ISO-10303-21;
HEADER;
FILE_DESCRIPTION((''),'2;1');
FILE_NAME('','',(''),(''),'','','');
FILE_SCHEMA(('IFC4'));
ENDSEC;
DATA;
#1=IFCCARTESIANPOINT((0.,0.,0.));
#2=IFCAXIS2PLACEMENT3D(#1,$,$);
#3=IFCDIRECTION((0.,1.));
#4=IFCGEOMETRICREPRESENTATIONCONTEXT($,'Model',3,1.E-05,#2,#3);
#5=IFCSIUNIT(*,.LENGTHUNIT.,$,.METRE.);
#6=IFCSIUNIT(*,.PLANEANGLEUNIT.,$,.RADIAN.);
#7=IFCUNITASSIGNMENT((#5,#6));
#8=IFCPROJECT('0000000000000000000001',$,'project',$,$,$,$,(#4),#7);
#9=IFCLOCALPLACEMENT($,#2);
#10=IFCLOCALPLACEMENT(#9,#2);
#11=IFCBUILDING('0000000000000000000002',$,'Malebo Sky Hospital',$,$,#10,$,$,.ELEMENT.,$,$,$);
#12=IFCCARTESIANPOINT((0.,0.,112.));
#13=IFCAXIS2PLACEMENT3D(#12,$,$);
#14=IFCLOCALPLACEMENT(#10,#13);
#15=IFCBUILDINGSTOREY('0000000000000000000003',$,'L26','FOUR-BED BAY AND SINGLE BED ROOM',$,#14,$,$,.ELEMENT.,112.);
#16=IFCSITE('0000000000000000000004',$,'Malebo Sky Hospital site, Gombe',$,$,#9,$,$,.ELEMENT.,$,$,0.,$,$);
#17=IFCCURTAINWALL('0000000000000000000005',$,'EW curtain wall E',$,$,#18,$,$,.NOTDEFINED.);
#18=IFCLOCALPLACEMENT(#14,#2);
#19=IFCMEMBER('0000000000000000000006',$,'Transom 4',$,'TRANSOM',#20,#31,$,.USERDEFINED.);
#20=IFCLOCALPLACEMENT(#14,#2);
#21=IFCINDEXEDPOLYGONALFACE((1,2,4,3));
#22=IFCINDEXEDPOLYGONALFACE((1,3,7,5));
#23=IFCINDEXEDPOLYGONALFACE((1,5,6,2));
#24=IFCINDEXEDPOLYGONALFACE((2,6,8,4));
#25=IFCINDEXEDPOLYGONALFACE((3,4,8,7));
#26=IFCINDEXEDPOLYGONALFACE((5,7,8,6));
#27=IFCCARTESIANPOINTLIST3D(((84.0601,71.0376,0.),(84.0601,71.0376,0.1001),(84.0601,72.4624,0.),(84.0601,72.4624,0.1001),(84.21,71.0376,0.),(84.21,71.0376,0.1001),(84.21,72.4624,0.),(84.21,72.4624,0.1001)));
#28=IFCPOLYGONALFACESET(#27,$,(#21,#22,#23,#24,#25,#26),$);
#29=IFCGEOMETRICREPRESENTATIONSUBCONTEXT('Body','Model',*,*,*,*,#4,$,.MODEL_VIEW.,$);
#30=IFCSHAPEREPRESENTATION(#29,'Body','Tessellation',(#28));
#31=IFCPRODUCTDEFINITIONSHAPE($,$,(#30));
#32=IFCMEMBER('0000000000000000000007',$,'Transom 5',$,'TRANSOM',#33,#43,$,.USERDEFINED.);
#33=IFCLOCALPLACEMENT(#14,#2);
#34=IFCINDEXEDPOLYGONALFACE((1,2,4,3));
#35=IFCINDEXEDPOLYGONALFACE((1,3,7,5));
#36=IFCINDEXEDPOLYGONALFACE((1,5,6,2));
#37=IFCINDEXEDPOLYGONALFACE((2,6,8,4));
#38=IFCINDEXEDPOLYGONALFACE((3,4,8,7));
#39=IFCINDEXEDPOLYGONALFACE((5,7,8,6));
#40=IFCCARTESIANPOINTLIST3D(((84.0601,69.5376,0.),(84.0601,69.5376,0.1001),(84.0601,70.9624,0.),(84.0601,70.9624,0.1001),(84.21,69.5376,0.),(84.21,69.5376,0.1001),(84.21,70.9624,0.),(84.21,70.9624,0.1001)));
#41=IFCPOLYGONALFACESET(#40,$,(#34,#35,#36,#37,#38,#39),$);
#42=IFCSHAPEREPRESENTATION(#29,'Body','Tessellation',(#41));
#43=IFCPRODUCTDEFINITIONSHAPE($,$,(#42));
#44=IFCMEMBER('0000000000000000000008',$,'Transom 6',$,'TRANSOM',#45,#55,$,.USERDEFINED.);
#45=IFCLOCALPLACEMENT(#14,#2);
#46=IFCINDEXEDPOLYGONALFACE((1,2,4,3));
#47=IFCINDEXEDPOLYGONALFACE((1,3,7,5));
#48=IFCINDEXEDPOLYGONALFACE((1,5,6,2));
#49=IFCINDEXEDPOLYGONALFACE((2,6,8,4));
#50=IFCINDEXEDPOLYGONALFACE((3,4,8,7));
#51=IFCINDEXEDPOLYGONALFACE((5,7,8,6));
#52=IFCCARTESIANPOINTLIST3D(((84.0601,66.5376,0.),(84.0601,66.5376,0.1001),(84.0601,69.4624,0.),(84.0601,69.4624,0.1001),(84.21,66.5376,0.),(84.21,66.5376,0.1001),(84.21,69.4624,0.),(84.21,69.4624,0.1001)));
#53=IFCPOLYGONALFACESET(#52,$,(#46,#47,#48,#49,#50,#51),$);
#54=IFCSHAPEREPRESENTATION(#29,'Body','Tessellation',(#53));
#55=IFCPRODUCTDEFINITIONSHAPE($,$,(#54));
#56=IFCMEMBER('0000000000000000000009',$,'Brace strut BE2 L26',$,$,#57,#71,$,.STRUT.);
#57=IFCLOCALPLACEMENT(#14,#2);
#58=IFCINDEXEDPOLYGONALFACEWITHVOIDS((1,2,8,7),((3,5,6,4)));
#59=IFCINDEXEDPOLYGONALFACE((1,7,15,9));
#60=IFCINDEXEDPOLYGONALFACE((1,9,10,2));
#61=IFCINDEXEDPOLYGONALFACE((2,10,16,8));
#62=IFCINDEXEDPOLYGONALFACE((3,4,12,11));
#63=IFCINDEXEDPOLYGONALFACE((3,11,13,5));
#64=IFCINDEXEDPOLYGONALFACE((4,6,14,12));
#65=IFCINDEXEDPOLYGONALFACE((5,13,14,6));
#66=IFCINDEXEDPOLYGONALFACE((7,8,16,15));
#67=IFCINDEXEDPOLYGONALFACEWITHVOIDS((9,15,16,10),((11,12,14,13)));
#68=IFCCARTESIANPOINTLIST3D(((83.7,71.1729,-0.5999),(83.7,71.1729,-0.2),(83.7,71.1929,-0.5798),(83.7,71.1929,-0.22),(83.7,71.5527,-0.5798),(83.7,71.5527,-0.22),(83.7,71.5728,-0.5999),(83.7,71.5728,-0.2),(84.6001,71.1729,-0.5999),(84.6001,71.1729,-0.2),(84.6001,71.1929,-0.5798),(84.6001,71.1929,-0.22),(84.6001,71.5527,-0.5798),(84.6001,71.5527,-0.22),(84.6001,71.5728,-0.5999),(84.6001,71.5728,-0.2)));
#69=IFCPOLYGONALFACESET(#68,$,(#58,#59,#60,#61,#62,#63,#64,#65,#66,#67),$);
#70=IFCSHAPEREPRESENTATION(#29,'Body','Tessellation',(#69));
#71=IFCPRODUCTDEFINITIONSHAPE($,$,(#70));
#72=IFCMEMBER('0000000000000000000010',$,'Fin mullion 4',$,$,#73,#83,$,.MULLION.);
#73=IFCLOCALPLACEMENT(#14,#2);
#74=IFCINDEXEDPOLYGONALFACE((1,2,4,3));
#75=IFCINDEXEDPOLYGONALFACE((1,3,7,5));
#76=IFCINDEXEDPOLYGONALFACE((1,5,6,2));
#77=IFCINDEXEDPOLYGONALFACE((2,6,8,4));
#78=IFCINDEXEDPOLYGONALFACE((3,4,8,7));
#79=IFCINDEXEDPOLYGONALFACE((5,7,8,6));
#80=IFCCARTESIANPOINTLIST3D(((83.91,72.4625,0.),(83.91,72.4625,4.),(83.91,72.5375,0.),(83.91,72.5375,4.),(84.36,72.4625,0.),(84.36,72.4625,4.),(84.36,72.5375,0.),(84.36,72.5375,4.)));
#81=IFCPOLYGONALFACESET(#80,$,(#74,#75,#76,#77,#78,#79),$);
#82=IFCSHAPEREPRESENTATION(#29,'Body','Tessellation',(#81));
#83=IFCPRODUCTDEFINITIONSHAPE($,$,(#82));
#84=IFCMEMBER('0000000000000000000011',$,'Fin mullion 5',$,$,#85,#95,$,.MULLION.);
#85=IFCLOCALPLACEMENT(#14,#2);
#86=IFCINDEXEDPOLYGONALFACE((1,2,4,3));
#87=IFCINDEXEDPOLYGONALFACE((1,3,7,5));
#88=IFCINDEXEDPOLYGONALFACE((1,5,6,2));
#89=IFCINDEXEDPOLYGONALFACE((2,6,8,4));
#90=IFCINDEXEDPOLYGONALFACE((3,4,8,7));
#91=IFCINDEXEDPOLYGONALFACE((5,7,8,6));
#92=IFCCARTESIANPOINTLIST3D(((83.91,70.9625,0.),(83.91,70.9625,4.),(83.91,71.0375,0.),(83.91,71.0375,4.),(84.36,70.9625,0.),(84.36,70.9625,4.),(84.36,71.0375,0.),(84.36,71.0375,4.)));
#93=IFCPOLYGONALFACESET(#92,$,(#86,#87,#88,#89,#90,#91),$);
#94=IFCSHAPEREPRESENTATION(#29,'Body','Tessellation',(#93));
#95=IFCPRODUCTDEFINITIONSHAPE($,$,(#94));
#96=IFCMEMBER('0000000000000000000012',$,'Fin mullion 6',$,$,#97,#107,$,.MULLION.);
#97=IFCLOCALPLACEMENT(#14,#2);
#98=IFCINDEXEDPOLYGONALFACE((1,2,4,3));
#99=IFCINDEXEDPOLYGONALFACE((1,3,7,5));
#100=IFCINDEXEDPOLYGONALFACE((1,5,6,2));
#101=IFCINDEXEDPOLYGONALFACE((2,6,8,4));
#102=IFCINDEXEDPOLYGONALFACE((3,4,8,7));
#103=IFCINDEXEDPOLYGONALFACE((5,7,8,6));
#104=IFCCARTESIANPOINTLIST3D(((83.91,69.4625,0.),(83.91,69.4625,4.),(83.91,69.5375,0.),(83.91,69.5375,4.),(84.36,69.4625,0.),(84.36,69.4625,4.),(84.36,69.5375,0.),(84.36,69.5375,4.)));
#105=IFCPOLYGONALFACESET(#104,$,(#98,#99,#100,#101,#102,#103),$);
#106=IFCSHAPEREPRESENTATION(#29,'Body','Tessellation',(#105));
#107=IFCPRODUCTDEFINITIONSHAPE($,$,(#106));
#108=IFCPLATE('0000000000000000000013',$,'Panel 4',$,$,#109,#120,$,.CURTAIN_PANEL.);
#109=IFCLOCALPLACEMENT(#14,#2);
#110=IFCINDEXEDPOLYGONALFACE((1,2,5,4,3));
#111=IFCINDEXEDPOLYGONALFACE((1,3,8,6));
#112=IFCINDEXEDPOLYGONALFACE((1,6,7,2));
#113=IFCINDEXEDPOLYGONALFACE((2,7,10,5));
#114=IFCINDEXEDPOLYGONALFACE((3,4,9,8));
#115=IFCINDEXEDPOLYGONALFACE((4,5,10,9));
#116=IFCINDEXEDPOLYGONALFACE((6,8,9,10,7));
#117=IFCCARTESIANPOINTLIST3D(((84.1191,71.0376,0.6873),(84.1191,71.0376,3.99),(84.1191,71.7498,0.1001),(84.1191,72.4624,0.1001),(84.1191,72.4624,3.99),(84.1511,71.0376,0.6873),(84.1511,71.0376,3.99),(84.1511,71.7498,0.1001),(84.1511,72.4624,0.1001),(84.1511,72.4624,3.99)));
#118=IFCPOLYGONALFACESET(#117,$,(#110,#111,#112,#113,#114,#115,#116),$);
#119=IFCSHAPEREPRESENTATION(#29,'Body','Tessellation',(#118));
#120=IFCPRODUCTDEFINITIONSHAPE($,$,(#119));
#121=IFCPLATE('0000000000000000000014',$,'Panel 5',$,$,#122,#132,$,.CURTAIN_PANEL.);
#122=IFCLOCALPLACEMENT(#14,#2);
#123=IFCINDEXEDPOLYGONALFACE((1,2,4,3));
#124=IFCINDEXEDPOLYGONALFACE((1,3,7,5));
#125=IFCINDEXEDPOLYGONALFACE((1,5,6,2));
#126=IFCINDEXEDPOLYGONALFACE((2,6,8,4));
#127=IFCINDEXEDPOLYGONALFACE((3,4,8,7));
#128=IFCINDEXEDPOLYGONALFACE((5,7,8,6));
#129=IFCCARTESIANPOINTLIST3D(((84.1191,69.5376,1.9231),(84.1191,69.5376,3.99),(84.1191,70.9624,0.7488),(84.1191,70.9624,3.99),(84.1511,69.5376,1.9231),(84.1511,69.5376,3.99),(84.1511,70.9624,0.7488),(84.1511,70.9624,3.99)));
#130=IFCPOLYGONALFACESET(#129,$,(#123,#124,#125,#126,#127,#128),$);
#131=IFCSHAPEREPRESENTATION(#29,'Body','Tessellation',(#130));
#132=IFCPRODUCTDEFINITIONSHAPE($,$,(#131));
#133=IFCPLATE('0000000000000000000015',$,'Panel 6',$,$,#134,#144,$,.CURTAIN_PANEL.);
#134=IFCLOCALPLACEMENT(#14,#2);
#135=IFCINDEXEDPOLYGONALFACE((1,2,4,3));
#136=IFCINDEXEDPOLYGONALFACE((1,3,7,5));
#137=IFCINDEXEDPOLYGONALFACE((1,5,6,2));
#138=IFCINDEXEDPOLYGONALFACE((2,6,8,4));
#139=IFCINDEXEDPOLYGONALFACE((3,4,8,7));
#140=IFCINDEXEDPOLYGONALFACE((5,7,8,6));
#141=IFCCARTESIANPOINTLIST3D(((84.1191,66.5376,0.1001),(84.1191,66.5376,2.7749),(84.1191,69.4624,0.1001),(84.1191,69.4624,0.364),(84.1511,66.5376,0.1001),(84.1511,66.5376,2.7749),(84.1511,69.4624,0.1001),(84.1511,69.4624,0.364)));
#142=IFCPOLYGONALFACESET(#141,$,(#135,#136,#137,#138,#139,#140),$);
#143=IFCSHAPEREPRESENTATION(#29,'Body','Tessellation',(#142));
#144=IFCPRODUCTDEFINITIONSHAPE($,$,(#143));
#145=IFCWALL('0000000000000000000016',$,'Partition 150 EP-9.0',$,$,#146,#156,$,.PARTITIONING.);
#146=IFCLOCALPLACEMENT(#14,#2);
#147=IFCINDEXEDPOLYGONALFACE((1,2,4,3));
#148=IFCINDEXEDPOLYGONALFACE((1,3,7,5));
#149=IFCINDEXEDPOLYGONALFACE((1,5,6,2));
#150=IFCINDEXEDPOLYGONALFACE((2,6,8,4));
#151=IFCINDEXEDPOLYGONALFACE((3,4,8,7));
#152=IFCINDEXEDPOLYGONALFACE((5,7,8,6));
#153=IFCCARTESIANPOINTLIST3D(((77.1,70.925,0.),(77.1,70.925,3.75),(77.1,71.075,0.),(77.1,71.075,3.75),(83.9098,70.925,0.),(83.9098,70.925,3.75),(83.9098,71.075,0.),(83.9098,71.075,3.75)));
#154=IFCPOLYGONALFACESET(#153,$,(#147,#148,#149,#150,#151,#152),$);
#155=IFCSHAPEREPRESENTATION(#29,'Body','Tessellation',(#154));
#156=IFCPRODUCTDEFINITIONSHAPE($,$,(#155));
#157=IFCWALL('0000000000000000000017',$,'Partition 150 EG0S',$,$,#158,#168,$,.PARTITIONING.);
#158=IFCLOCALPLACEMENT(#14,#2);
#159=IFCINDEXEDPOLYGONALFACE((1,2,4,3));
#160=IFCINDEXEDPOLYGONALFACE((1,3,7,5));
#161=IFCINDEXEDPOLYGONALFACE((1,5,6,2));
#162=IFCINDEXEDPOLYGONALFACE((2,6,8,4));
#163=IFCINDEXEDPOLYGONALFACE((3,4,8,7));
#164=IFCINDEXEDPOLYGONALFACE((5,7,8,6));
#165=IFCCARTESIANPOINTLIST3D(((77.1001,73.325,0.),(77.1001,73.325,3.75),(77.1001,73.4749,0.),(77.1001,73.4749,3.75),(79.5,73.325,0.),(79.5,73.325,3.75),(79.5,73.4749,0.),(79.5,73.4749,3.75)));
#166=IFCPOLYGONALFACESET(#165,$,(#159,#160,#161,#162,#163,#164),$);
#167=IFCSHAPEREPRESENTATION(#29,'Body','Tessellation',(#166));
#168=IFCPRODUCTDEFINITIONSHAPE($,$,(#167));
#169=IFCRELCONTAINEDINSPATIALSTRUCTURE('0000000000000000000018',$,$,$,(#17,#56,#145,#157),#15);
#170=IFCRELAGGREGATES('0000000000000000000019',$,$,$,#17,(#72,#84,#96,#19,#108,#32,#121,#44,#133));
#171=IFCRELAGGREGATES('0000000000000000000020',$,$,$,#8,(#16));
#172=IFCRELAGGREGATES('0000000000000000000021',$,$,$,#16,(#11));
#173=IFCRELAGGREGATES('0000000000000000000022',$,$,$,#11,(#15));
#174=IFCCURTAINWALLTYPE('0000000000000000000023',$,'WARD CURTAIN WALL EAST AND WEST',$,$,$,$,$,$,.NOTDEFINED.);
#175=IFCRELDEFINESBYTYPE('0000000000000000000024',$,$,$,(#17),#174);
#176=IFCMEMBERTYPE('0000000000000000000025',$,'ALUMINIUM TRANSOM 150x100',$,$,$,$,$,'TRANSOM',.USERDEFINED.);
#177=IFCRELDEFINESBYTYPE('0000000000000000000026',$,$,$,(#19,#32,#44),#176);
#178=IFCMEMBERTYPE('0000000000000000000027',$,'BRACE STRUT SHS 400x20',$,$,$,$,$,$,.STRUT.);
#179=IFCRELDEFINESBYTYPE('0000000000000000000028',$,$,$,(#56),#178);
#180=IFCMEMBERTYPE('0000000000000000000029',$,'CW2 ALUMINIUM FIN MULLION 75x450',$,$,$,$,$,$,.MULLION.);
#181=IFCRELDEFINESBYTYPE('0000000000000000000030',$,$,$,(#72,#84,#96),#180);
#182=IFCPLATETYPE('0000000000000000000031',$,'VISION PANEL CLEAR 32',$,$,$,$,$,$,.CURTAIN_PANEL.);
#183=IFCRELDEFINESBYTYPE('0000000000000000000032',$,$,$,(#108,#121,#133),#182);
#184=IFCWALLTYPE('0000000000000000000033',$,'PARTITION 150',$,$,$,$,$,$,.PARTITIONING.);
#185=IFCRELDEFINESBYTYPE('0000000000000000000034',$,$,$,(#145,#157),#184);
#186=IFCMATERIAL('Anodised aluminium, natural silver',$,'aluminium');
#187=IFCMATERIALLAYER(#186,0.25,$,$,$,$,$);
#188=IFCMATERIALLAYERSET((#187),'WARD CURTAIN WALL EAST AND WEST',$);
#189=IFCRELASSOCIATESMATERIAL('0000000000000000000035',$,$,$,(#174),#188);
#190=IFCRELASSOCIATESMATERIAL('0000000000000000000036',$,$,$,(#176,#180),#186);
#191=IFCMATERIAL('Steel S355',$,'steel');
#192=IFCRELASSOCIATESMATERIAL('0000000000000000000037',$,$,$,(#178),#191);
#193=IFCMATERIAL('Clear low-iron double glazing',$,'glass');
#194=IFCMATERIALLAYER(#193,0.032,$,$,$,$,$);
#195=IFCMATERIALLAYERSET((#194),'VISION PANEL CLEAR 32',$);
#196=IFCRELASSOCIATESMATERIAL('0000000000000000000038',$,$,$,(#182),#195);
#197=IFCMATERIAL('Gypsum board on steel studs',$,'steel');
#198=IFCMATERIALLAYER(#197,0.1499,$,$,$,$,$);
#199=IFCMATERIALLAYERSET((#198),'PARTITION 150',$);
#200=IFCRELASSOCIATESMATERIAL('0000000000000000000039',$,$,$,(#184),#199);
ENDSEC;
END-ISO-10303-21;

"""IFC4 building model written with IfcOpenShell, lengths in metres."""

from ifc_helpers import new_model, si_unit, direction, frame, frame_2d, origin, origin_2d, place, context, subcontext, project, spatial, polyline, rectangle, hollow_rectangle, outline, extrude, material, layer, layer_set, material_profile, profile_set, type_object, element, aggregate, save


model = new_model("IFC4")

# Units and contexts
model_context = context("Model", 3, precision=1e-05, world=origin(), true_north=direction((0.0, 1.0)))
body_context = subcontext(model_context, "Body", "Model", "MODEL_VIEW")
ifc_project = project(units=[si_unit("LENGTHUNIT", "METRE"), si_unit("PLANEANGLEUNIT", "RADIAN")], contexts=[model_context])

# Site, building, storey
site_placement = place(None, origin())
site = spatial("IfcSite", under=ifc_project, at=site_placement, Name="Malebo Sky Hospital site, Gombe", CompositionType="ELEMENT", RefElevation=0.0)
building_placement = place(site_placement, origin())
building = spatial("IfcBuilding", under=site, at=building_placement, Name="Malebo Sky Hospital", CompositionType="ELEMENT")
storey_placement = place(building_placement, frame((0.0, 0.0, 112.0)))
storey = spatial("IfcBuildingStorey", under=building, at=storey_placement, Name="L26", Description="FOUR-BED BAY AND SINGLE BED ROOM", CompositionType="ELEMENT", Elevation=112.0)

# Curtain wall, members
ifc_material_1 = material(Name="Anodised aluminium, natural silver", Category="aluminium")
ifc_layer_1 = layer(ifc_material_1, 0.25)
ifc_layer_set_1 = layer_set([ifc_layer_1], Name="WARD CURTAIN WALL EAST AND WEST")
curtain_wall_type = type_object("IfcCurtainWallType", Name="WARD CURTAIN WALL EAST AND WEST", PredefinedType="NOTDEFINED", material=ifc_layer_set_1)
curtain_wall_placement = place(storey_placement, origin())
curtain_wall = element("IfcCurtainWall", 1, at=curtain_wall_placement, inside=storey, type_object=curtain_wall_type, Name="EW curtain wall E", PredefinedType="NOTDEFINED")
ifc_material_profile_1 = material_profile(ifc_material_1, rectangle(XDim=0.1499, YDim=0.1001, at=origin_2d()), Name="ALUMINIUM TRANSOM 150x100")
ifc_profile_set_1 = profile_set([ifc_material_profile_1], Name="Anodised aluminium, natural silver")
member_type_1 = type_object("IfcMemberType", Name="ALUMINIUM TRANSOM 150x100", ElementType="TRANSOM", PredefinedType="USERDEFINED", material=ifc_profile_set_1)
member_1_placement = place(storey_placement, frame((84.135, 72.4624, 0.05), z_axis=(0.0, -1.0, 0.0), x_axis=(1.0, 0.0, 0.0)))
member_1 = element("IfcMember", 2, at=member_1_placement, type_object=member_type_1, Name="Transom 4", ObjectType="TRANSOM", PredefinedType="USERDEFINED", context=body_context, shape_type="SweptSolid", body=[
    extrude(rectangle(XDim=0.1499, YDim=0.1001, at=origin_2d()), origin(), (0.0, 0.0, 1.0), 1.4248),
])
member_2_placement = place(storey_placement, frame((84.135, 70.9624, 0.05), z_axis=(0.0, -1.0, 0.0), x_axis=(1.0, 0.0, 0.0)))
member_2 = element("IfcMember", 3, at=member_2_placement, type_object=member_type_1, Name="Transom 5", ObjectType="TRANSOM", PredefinedType="USERDEFINED", context=body_context, shape_type="SweptSolid", body=[
    extrude(rectangle(XDim=0.1499, YDim=0.1001, at=origin_2d()), origin(), (0.0, 0.0, 1.0), 1.4248),
])
member_3_placement = place(storey_placement, frame((84.135, 69.4624, 0.05), z_axis=(0.0, -1.0, 0.0), x_axis=(1.0, 0.0, 0.0)))
member_3 = element("IfcMember", 4, at=member_3_placement, type_object=member_type_1, Name="Transom 6", ObjectType="TRANSOM", PredefinedType="USERDEFINED", context=body_context, shape_type="SweptSolid", body=[
    extrude(rectangle(XDim=0.1499, YDim=0.1001, at=origin_2d()), origin(), (0.0, 0.0, 1.0), 2.9248),
])

# Members
ifc_material_2 = material(Name="Steel S355", Category="steel")
ifc_material_profile_2 = material_profile(ifc_material_2, hollow_rectangle(XDim=0.3999, YDim=0.3999, WallThickness=0.02, at=origin_2d()), Name="SHS 400x20")
ifc_profile_set_2 = profile_set([ifc_material_profile_2], Name="Steel S355")
member_type_2 = type_object("IfcMemberType", Name="BRACE STRUT SHS 400x20", PredefinedType="STRUT", material=ifc_profile_set_2)
member_4_placement = place(storey_placement, frame((84.6001, 71.3728, -0.3999), z_axis=(-1.0, 0.0, 0.0), x_axis=(0.0, -1.0, 0.0)))
element("IfcMember", 5, at=member_4_placement, inside=storey, type_object=member_type_2, Name="Brace strut BE2 L26", PredefinedType="STRUT", context=body_context, shape_type="SweptSolid", body=[
    extrude(hollow_rectangle(XDim=0.3999, YDim=0.3999, WallThickness=0.02, at=origin_2d()), origin(), (0.0, 0.0, 1.0), 0.9001),
])
ifc_material_profile_3 = material_profile(ifc_material_1, rectangle(XDim=0.075, YDim=0.45, at=origin_2d()), Name="CW2 ALUMINIUM FIN MULLION 75x450")
ifc_profile_set_3 = profile_set([ifc_material_profile_3], Name="Anodised aluminium, natural silver")
member_type_3 = type_object("IfcMemberType", Name="CW2 ALUMINIUM FIN MULLION 75x450", PredefinedType="MULLION", material=ifc_profile_set_3)
member_5_placement = place(storey_placement, frame((84.135, 72.5, 0.0), z_axis=(0.0, 0.0, 1.0), x_axis=(0.0, -1.0, 0.0)))
member_5 = element("IfcMember", 6, at=member_5_placement, type_object=member_type_3, Name="Fin mullion 4", PredefinedType="MULLION", context=body_context, shape_type="SweptSolid", body=[
    extrude(rectangle(XDim=0.075, YDim=0.45, at=origin_2d()), origin(), (0.0, 0.0, 1.0), 4.0),
])
member_6_placement = place(storey_placement, frame((84.135, 71.0, 0.0), z_axis=(0.0, 0.0, 1.0), x_axis=(0.0, -1.0, 0.0)))
member_6 = element("IfcMember", 7, at=member_6_placement, type_object=member_type_3, Name="Fin mullion 5", PredefinedType="MULLION", context=body_context, shape_type="SweptSolid", body=[
    extrude(rectangle(XDim=0.075, YDim=0.45, at=origin_2d()), origin(), (0.0, 0.0, 1.0), 4.0),
])
member_7_placement = place(storey_placement, frame((84.135, 69.5, 0.0), z_axis=(0.0, 0.0, 1.0), x_axis=(0.0, -1.0, 0.0)))
member_7 = element("IfcMember", 8, at=member_7_placement, type_object=member_type_3, Name="Fin mullion 6", PredefinedType="MULLION", context=body_context, shape_type="SweptSolid", body=[
    extrude(rectangle(XDim=0.075, YDim=0.45, at=origin_2d()), origin(), (0.0, 0.0, 1.0), 4.0),
])

# Plates
ifc_material_3 = material(Name="Clear low-iron double glazing", Category="glass")
ifc_layer_2 = layer(ifc_material_3, 0.032)
ifc_layer_set_2 = layer_set([ifc_layer_2], Name="VISION PANEL CLEAR 32")
plate_type = type_object("IfcPlateType", Name="VISION PANEL CLEAR 32", PredefinedType="CURTAIN_PANEL", material=ifc_layer_set_2)
plate_1_placement = place(storey_placement, frame((84.135, 71.75, 0.1001), z_axis=(0.0, 0.0, 1.0), x_axis=(0.0, -1.0, 0.0)))
plate_1 = element("IfcPlate", 9, at=plate_1_placement, type_object=plate_type, Name="Panel 4", PredefinedType="CURTAIN_PANEL", context=body_context, shape_type="SweptSolid", body=[
    extrude(outline(polyline([(-0.7124, 0.0), (0.0002, 0.0), (0.7124, 0.5872), (0.7124, 3.8899), (-0.7124, 3.8899), (-0.7124, 0.0)])), frame((0.0, 0.0161, 0.0), z_axis=(0.0, -1.0, 0.0), x_axis=(1.0, 0.0, 0.0)), (0.0, 0.0, 1.0), 0.032),
])
plate_2_placement = place(storey_placement, frame((84.135, 70.25, 0.7488), z_axis=(0.0, 0.0, 1.0), x_axis=(0.0, -1.0, 0.0)))
plate_2 = element("IfcPlate", 10, at=plate_2_placement, type_object=plate_type, Name="Panel 5", PredefinedType="CURTAIN_PANEL", context=body_context, shape_type="SweptSolid", body=[
    extrude(outline(polyline([(-0.7124, 0.0), (0.7124, 1.1743), (0.7124, 3.2412), (-0.7124, 3.2412), (-0.7124, 0.0)])), frame((0.0, 0.0161, 0.0), z_axis=(0.0, -1.0, 0.0), x_axis=(1.0, 0.0, 0.0)), (0.0, 0.0, 1.0), 0.032),
])
plate_3_placement = place(storey_placement, frame((84.135, 68.0, 0.1001), z_axis=(0.0, 0.0, 1.0), x_axis=(0.0, -1.0, 0.0)))
plate_3 = element("IfcPlate", 11, at=plate_3_placement, type_object=plate_type, Name="Panel 6", PredefinedType="CURTAIN_PANEL", context=body_context, shape_type="SweptSolid", body=[
    extrude(outline(polyline([(-1.4624, 0.0), (1.4624, 0.0), (1.4624, 2.6748), (-1.4624, 0.2639), (-1.4624, 0.0)])), frame((0.0, 0.0161, 0.0), z_axis=(0.0, -1.0, 0.0), x_axis=(1.0, 0.0, 0.0)), (0.0, 0.0, 1.0), 0.032),
])
aggregate(curtain_wall, [member_5, member_6, member_7, member_1, plate_1, member_2, plate_2, member_3, plate_3])

# Walls
ifc_material_4 = material(Name="Gypsum board on steel studs", Category="steel")
ifc_layer_3 = layer(ifc_material_4, 0.1499)
ifc_layer_set_3 = layer_set([ifc_layer_3], Name="PARTITION 150")
wall_type = type_object("IfcWallType", Name="PARTITION 150", PredefinedType="PARTITIONING", material=ifc_layer_set_3)
wall_1_placement = place(storey_placement, frame((77.1001, 71.0, 0.0), z_axis=(0.0, 0.0, 1.0), x_axis=(1.0, 0.0, 0.0)))
element("IfcWall", 12, at=wall_1_placement, inside=storey, type_object=wall_type, Name="Partition 150 EP-9.0", PredefinedType="PARTITIONING", context=body_context, shape_type="SweptSolid", body=[
    extrude(rectangle(XDim=6.8098, YDim=0.1499, at=frame_2d((3.4048, 0.0))), origin(), (0.0, 0.0, 1.0), 3.75),
])
wall_2_placement = place(storey_placement, frame((77.1001, 73.3999, 0.0), z_axis=(0.0, 0.0, 1.0), x_axis=(1.0, 0.0, 0.0)))
element("IfcWall", 13, at=wall_2_placement, inside=storey, type_object=wall_type, Name="Partition 150 EG0S", PredefinedType="PARTITIONING", context=body_context, shape_type="SweptSolid", body=[
    extrude(rectangle(XDim=2.3999, YDim=0.1499, at=frame_2d((1.2, 0.0))), origin(), (0.0, 0.0, 1.0), 3.75),
])

save(model, "model.ifc")
